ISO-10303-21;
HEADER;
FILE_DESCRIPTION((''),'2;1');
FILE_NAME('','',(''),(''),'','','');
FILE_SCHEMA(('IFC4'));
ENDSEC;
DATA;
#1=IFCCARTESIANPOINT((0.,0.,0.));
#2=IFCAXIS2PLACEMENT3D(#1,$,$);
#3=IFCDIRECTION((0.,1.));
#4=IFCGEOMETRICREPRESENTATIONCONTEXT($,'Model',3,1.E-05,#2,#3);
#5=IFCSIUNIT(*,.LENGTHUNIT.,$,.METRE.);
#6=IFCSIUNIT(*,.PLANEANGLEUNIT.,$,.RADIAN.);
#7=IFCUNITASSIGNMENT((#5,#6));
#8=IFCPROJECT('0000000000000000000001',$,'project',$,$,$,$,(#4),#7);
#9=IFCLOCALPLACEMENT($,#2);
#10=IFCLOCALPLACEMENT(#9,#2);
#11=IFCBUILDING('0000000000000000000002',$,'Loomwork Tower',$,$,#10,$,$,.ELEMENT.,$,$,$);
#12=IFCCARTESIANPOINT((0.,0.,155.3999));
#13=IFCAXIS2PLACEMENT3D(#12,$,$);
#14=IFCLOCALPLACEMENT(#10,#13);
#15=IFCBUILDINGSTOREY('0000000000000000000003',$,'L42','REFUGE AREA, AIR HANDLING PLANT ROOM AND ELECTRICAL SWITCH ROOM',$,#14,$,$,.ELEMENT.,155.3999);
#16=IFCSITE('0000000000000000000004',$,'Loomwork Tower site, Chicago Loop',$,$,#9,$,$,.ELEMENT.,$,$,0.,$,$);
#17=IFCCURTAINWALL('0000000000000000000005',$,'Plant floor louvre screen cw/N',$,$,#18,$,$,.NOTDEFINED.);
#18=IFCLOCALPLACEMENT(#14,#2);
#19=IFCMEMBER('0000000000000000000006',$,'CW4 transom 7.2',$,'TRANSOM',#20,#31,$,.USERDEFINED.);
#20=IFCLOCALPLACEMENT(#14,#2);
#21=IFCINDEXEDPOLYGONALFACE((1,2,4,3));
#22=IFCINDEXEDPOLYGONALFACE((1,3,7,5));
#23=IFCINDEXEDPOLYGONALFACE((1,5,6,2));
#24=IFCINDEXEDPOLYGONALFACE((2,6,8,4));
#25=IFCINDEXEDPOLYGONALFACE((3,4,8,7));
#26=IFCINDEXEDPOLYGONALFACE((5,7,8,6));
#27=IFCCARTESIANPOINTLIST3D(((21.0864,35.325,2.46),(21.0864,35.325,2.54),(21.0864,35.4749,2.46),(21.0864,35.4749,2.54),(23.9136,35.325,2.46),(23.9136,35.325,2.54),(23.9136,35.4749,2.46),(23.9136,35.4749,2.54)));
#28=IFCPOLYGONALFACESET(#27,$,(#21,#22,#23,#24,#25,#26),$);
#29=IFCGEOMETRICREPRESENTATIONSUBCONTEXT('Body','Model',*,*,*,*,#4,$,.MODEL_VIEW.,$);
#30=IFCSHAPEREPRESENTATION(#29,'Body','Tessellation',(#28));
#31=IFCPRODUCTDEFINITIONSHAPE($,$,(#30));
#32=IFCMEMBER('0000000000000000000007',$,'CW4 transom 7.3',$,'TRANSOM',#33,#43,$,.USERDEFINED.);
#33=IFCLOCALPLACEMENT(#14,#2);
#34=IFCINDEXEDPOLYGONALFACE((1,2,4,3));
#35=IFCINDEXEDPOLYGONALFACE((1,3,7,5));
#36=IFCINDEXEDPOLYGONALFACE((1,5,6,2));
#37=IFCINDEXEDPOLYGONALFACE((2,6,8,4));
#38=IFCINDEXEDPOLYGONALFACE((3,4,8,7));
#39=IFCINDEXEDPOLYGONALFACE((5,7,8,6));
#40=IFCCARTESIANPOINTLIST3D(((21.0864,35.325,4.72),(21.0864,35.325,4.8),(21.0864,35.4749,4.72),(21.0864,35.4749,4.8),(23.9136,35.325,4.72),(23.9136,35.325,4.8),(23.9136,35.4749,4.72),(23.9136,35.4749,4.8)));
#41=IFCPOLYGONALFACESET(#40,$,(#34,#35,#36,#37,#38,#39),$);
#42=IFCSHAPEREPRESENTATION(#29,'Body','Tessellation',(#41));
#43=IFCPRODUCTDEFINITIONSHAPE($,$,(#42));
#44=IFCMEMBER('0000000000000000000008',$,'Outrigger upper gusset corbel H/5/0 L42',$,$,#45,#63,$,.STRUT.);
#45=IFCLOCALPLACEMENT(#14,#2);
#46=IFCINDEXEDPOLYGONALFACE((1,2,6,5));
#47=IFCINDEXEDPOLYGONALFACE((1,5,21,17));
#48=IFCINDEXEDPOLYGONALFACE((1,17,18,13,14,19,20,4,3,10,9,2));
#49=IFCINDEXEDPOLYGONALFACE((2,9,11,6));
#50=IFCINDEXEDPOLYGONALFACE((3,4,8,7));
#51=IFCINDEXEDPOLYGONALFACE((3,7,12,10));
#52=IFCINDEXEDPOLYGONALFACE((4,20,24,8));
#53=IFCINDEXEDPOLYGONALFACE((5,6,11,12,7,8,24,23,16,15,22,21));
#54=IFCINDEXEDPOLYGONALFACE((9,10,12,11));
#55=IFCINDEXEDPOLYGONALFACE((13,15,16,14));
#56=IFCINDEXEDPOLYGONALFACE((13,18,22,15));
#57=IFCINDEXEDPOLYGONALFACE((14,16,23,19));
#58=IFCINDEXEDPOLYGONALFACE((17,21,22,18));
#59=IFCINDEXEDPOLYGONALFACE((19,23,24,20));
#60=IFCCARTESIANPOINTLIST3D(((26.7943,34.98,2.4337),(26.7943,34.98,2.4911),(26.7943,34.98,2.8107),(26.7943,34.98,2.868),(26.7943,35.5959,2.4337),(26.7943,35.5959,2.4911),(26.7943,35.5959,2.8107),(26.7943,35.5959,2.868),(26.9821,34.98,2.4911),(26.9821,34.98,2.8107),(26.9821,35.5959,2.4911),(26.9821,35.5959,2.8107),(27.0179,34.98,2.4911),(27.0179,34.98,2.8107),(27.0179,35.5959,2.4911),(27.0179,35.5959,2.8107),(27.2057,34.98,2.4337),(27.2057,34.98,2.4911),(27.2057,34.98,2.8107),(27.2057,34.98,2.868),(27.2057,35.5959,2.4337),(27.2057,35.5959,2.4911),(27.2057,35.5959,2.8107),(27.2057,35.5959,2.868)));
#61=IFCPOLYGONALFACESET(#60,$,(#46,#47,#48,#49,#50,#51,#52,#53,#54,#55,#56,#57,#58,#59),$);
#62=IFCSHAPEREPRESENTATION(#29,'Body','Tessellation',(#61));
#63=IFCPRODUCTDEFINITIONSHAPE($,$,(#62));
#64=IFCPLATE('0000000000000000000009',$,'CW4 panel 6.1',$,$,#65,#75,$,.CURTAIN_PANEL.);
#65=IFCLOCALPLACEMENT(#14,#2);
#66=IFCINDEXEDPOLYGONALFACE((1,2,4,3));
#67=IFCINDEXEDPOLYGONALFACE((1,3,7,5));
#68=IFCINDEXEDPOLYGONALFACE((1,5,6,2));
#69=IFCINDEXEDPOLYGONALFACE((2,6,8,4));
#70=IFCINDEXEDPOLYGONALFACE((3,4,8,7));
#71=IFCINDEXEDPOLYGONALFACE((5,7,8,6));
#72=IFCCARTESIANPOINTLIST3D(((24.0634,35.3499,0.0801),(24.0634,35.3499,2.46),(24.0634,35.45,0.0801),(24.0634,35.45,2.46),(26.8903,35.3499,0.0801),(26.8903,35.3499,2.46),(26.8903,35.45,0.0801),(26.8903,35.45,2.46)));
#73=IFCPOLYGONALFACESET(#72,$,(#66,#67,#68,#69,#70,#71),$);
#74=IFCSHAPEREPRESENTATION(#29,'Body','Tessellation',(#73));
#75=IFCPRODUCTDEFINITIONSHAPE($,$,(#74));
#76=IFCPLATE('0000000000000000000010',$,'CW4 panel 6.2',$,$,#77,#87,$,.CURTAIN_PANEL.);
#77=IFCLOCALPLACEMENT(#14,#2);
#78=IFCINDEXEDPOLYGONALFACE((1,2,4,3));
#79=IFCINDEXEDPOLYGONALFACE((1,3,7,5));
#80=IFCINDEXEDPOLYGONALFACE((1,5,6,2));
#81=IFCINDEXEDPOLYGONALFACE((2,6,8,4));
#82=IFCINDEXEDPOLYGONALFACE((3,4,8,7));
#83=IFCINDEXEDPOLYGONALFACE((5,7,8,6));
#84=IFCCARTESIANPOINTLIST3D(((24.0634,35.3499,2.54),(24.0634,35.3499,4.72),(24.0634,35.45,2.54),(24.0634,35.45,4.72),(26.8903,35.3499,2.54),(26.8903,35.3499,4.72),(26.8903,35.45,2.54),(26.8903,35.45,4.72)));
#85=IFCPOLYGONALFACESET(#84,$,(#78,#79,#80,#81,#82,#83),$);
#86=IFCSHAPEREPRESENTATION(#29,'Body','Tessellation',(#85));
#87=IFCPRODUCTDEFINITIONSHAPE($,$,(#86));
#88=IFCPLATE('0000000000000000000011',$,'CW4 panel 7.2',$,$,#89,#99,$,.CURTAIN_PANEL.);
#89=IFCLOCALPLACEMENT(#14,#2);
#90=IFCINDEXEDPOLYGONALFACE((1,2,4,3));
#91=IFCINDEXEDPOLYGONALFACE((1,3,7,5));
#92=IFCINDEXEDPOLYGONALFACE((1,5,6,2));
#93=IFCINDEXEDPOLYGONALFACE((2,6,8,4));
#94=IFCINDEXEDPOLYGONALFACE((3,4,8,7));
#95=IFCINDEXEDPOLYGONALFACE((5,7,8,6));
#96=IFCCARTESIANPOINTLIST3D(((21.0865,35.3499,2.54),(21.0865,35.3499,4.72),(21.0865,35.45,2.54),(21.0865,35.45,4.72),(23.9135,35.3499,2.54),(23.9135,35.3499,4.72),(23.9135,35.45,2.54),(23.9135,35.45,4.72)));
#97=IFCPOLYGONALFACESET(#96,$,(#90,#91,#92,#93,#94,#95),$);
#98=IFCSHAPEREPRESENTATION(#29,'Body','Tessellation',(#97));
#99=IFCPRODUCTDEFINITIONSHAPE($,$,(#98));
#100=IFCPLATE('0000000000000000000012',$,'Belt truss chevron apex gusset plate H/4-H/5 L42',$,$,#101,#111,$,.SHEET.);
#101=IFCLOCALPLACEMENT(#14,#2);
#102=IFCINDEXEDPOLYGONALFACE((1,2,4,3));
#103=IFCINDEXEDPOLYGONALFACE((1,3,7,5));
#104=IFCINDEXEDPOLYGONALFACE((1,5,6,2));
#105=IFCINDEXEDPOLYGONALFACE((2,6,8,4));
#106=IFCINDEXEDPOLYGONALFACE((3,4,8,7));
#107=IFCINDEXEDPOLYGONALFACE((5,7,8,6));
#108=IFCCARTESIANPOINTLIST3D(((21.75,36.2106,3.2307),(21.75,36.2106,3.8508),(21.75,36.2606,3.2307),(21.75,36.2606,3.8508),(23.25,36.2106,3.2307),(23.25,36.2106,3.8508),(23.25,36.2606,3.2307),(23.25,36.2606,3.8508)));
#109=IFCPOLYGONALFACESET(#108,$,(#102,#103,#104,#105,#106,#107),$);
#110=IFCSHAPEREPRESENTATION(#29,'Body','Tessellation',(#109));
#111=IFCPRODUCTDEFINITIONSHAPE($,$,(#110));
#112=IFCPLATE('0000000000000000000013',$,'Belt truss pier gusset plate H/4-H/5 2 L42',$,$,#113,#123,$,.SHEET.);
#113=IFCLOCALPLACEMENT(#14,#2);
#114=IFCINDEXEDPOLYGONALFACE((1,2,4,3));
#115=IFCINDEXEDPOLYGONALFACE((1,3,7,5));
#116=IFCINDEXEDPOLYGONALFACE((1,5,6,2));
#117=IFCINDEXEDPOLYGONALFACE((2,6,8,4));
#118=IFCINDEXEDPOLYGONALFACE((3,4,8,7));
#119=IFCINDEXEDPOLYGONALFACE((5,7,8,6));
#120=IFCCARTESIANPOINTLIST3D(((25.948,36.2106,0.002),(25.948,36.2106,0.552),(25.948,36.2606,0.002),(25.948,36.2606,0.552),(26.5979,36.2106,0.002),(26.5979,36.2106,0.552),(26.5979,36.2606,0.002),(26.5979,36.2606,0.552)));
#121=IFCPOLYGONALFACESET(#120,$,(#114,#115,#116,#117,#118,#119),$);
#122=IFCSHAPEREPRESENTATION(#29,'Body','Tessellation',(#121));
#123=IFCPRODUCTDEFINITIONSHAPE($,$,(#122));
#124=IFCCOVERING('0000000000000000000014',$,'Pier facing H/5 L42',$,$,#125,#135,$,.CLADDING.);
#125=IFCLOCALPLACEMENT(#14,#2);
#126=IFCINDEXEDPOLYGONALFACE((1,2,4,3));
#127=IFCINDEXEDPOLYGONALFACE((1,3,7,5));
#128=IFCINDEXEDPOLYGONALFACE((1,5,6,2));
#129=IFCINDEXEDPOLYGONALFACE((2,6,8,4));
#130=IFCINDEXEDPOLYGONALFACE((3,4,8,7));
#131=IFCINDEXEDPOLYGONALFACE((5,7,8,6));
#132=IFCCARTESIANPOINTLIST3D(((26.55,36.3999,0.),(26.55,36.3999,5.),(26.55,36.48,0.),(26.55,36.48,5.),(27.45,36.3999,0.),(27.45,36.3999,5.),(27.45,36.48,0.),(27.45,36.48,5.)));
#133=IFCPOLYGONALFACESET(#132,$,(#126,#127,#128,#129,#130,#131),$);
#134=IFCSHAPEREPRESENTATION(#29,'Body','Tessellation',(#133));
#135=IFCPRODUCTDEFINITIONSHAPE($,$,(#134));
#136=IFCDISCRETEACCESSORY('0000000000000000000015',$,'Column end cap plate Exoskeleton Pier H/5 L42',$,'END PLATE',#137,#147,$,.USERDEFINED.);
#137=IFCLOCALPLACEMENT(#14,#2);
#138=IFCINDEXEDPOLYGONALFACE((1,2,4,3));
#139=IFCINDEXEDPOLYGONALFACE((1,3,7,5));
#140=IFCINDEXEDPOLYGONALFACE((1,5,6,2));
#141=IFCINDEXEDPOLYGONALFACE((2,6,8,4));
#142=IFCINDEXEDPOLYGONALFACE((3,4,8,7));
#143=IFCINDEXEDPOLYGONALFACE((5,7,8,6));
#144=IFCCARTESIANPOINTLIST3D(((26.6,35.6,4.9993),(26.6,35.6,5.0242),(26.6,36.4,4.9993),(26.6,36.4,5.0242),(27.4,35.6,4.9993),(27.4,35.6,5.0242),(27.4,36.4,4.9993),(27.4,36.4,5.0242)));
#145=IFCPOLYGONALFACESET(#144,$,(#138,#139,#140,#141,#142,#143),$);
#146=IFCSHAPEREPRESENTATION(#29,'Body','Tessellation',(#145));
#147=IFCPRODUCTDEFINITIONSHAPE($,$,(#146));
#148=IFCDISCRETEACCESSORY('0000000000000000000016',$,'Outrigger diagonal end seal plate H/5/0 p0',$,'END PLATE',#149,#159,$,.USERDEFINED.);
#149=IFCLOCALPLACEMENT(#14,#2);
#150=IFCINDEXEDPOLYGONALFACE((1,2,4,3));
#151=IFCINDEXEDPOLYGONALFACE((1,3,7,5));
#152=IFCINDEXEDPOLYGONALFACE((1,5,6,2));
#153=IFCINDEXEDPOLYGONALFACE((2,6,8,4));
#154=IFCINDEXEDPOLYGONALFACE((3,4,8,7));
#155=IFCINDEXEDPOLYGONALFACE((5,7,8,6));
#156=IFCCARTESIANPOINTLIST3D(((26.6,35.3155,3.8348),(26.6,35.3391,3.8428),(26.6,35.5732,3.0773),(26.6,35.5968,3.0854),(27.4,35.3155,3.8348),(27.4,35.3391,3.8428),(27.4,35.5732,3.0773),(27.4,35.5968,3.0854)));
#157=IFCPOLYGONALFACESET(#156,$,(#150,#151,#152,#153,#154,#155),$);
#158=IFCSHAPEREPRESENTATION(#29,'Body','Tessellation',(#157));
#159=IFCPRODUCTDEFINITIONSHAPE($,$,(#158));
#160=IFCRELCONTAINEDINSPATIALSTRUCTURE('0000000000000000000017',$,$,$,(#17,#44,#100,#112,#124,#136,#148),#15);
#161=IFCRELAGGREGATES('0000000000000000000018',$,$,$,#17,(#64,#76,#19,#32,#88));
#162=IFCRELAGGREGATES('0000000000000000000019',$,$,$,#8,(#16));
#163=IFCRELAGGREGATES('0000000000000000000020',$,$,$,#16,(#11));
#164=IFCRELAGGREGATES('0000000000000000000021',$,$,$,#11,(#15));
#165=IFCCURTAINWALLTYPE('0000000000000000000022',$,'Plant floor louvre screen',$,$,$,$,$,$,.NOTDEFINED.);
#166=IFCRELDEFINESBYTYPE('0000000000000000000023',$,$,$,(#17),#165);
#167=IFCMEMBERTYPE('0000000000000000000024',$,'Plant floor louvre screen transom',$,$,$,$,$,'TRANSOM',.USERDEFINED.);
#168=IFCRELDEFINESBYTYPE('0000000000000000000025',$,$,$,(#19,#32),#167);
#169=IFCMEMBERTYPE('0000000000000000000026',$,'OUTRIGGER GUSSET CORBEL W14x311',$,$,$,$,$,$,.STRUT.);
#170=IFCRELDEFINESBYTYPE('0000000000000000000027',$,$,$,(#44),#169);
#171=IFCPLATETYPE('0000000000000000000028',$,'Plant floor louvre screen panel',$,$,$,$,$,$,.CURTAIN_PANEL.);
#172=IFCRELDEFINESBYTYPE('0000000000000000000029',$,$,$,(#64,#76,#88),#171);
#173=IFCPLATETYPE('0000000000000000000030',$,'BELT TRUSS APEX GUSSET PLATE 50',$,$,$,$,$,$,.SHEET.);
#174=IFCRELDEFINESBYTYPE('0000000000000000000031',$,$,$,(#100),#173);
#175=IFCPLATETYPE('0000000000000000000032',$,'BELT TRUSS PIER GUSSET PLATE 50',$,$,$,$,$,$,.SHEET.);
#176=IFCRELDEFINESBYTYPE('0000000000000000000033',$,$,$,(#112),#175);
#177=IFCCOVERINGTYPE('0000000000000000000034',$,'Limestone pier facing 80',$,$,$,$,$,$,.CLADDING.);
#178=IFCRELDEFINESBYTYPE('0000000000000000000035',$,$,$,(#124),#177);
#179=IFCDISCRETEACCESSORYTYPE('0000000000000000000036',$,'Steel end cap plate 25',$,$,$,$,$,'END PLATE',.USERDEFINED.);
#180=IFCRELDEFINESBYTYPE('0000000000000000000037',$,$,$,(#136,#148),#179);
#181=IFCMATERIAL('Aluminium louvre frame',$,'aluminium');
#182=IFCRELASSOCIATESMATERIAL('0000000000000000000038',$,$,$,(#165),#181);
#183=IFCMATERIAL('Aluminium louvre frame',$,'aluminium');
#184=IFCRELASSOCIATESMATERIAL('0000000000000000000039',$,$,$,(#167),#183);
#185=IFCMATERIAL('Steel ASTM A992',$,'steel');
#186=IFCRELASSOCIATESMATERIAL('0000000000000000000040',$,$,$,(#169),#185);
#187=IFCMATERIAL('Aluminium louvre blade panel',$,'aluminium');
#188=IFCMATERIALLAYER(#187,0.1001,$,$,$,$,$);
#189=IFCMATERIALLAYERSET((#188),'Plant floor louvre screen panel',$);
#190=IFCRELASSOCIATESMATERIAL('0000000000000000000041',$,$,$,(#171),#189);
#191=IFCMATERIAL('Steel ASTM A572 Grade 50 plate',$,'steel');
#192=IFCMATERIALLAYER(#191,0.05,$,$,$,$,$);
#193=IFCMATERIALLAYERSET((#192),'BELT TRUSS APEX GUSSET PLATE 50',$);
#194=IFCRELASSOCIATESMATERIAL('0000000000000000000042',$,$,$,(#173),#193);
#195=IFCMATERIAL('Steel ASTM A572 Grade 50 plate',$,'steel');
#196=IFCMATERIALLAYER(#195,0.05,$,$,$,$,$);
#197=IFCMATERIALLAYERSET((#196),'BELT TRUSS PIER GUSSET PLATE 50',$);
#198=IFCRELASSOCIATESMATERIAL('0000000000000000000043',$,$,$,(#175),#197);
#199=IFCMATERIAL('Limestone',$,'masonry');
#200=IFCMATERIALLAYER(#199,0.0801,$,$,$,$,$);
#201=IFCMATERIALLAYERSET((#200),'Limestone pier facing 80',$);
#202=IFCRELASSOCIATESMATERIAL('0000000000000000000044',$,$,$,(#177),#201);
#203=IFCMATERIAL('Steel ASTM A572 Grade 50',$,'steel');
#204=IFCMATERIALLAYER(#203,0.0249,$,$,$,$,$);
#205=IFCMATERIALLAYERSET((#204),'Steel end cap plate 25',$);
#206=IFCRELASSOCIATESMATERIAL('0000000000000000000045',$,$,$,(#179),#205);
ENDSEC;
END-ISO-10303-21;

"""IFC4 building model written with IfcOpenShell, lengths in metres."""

from ifc_helpers import new_model, si_unit, direction, frame, origin, origin_2d, place, context, subcontext, project, spatial, rectangle, i_section, extrude, material, layer, layer_set, material_profile, profile_set, type_object, element, aggregate, save


model = new_model("IFC4")

# Units and contexts
model_context = context("Model", 3, precision=1e-05, world=origin(), true_north=direction((0.0, 1.0)))
body_context = subcontext(model_context, "Body", "Model", "MODEL_VIEW")
ifc_project = project(units=[si_unit("LENGTHUNIT", "METRE"), si_unit("PLANEANGLEUNIT", "RADIAN")], contexts=[model_context])

# Site, building, storey
site_placement = place(None, origin())
site = spatial("IfcSite", under=ifc_project, at=site_placement, Name="Loomwork Tower site, Chicago Loop", CompositionType="ELEMENT", RefElevation=0.0)
building_placement = place(site_placement, origin())
building = spatial("IfcBuilding", under=site, at=building_placement, Name="Loomwork Tower", CompositionType="ELEMENT")
storey_placement = place(building_placement, frame((0.0, 0.0, 155.3999)))
storey = spatial("IfcBuildingStorey", under=building, at=storey_placement, Name="L42", Description="REFUGE AREA, AIR HANDLING PLANT ROOM AND ELECTRICAL SWITCH ROOM", CompositionType="ELEMENT", Elevation=155.3999)

# Curtain wall, members
ifc_material_1 = material(Name="Aluminium louvre frame", Category="aluminium")
curtain_wall_type = type_object("IfcCurtainWallType", Name="Plant floor louvre screen", PredefinedType="NOTDEFINED", material=ifc_material_1)
curtain_wall_placement = place(storey_placement, origin())
curtain_wall = element("IfcCurtainWall", 1, at=curtain_wall_placement, inside=storey, type_object=curtain_wall_type, Name="Plant floor louvre screen cw/N", PredefinedType="NOTDEFINED")
ifc_material_2 = material(Name="Aluminium louvre frame", Category="aluminium")
ifc_material_profile_1 = material_profile(ifc_material_2, rectangle(XDim=0.1499, YDim=0.0801, at=origin_2d()), Name="AL 80x150")
ifc_profile_set_1 = profile_set([ifc_material_profile_1], Name="Aluminium louvre frame")
member_type_1 = type_object("IfcMemberType", Name="Plant floor louvre screen transom", ElementType="TRANSOM", PredefinedType="USERDEFINED", material=ifc_profile_set_1)
member_1_placement = place(storey_placement, frame((23.9136, 35.3999, 2.5), z_axis=(-1.0, 0.0, 0.0), x_axis=(0.0, -1.0, 0.0)))
member_1 = element("IfcMember", 2, at=member_1_placement, type_object=member_type_1, Name="CW4 transom 7.2", ObjectType="TRANSOM", PredefinedType="USERDEFINED", context=body_context, shape_type="SweptSolid", body=[
    extrude(rectangle(XDim=0.1499, YDim=0.0801, at=origin_2d()), origin(), (0.0, 0.0, 1.0), 2.8271),
])
member_2_placement = place(storey_placement, frame((23.9136, 35.3999, 4.76), z_axis=(-1.0, 0.0, 0.0), x_axis=(0.0, -1.0, 0.0)))
member_2 = element("IfcMember", 3, at=member_2_placement, type_object=member_type_1, Name="CW4 transom 7.3", ObjectType="TRANSOM", PredefinedType="USERDEFINED", context=body_context, shape_type="SweptSolid", body=[
    extrude(rectangle(XDim=0.1499, YDim=0.0801, at=origin_2d()), origin(), (0.0, 0.0, 1.0), 2.8271),
])

# Member
ifc_material_3 = material(Name="Steel ASTM A992", Category="steel")
ifc_material_profile_2 = material_profile(ifc_material_3, i_section(OverallWidth=0.4114, OverallDepth=0.4343, WebThickness=0.0359, FlangeThickness=0.0574, at=origin_2d()), Name="W14x311")
ifc_profile_set_2 = profile_set([ifc_material_profile_2], Name="Steel ASTM A992")
member_type_2 = type_object("IfcMemberType", Name="OUTRIGGER GUSSET CORBEL W14x311", PredefinedType="STRUT", material=ifc_profile_set_2)
member_3_placement = place(storey_placement, frame((27.0, 35.5959, 2.6509), z_axis=(0.0, -1.0, 0.0), x_axis=(1.0, 0.0, 0.0)))
element("IfcMember", 4, at=member_3_placement, inside=storey, type_object=member_type_2, Name="Outrigger upper gusset corbel H/5/0 L42", PredefinedType="STRUT", context=body_context, shape_type="SweptSolid", body=[
    extrude(i_section(OverallWidth=0.4114, OverallDepth=0.4343, WebThickness=0.0359, FlangeThickness=0.0574, at=origin_2d()), origin(), (0.0, 0.0, 1.0), 0.616),
])

# Plates
ifc_material_4 = material(Name="Aluminium louvre blade panel", Category="aluminium")
ifc_layer_1 = layer(ifc_material_4, 0.1001)
ifc_layer_set_1 = layer_set([ifc_layer_1], Name="Plant floor louvre screen panel")
plate_type_1 = type_object("IfcPlateType", Name="Plant floor louvre screen panel", PredefinedType="CURTAIN_PANEL", material=ifc_layer_set_1)
plate_1_placement = place(storey_placement, frame((25.4768, 35.3999, 0.0801), z_axis=(0.0, 0.0, 1.0), x_axis=(-1.0, 0.0, 0.0)))
plate_1 = element("IfcPlate", 5, at=plate_1_placement, type_object=plate_type_1, Name="CW4 panel 6.1", PredefinedType="CURTAIN_PANEL", context=body_context, shape_type="SweptSolid", body=[
    extrude(rectangle(XDim=2.8269, YDim=0.1001, at=origin_2d()), origin(), (0.0, 0.0, 1.0), 2.3799),
])
plate_2_placement = place(storey_placement, frame((25.4768, 35.3999, 2.54), z_axis=(0.0, 0.0, 1.0), x_axis=(-1.0, 0.0, 0.0)))
plate_2 = element("IfcPlate", 6, at=plate_2_placement, type_object=plate_type_1, Name="CW4 panel 6.2", PredefinedType="CURTAIN_PANEL", context=body_context, shape_type="SweptSolid", body=[
    extrude(rectangle(XDim=2.8269, YDim=0.1001, at=origin_2d()), origin(), (0.0, 0.0, 1.0), 2.1799),
])
plate_3_placement = place(storey_placement, frame((22.5, 35.3999, 2.54), z_axis=(0.0, 0.0, 1.0), x_axis=(-1.0, 0.0, 0.0)))
plate_3 = element("IfcPlate", 7, at=plate_3_placement, type_object=plate_type_1, Name="CW4 panel 7.2", PredefinedType="CURTAIN_PANEL", context=body_context, shape_type="SweptSolid", body=[
    extrude(rectangle(XDim=2.8269, YDim=0.1001, at=origin_2d()), origin(), (0.0, 0.0, 1.0), 2.1799),
])
aggregate(curtain_wall, [plate_1, plate_2, member_1, member_2, plate_3])

# Plates
ifc_material_5 = material(Name="Steel ASTM A572 Grade 50 plate", Category="steel")
ifc_layer_2 = layer(ifc_material_5, 0.05)
ifc_layer_set_2 = layer_set([ifc_layer_2], Name="BELT TRUSS APEX GUSSET PLATE 50")
plate_type_2 = type_object("IfcPlateType", Name="BELT TRUSS APEX GUSSET PLATE 50", PredefinedType="SHEET", material=ifc_layer_set_2)
plate_4_placement = place(storey_placement, frame((22.5, 36.2356, 3.2307), z_axis=(0.0, 0.0, 1.0), x_axis=(1.0, 0.0, 0.0)))
element("IfcPlate", 8, at=plate_4_placement, inside=storey, type_object=plate_type_2, Name="Belt truss chevron apex gusset plate H/4-H/5 L42", PredefinedType="SHEET", context=body_context, shape_type="SweptSolid", body=[
    extrude(rectangle(XDim=1.5, YDim=0.05, at=origin_2d()), origin(), (0.0, 0.0, 1.0), 0.6201),
])
ifc_material_6 = material(Name="Steel ASTM A572 Grade 50 plate", Category="steel")
ifc_layer_3 = layer(ifc_material_6, 0.05)
ifc_layer_set_3 = layer_set([ifc_layer_3], Name="BELT TRUSS PIER GUSSET PLATE 50")
plate_type_3 = type_object("IfcPlateType", Name="BELT TRUSS PIER GUSSET PLATE 50", PredefinedType="SHEET", material=ifc_layer_set_3)
plate_5_placement = place(storey_placement, frame((26.2729, 36.2356, 0.002), z_axis=(0.0, 0.0, 1.0), x_axis=(1.0, 0.0, 0.0)))
element("IfcPlate", 9, at=plate_5_placement, inside=storey, type_object=plate_type_3, Name="Belt truss pier gusset plate H/4-H/5 2 L42", PredefinedType="SHEET", context=body_context, shape_type="SweptSolid", body=[
    extrude(rectangle(XDim=0.6499, YDim=0.05, at=origin_2d()), origin(), (0.0, 0.0, 1.0), 0.55),
])

# Covering
ifc_material_7 = material(Name="Limestone", Category="masonry")
ifc_layer_4 = layer(ifc_material_7, 0.0801)
ifc_layer_set_4 = layer_set([ifc_layer_4], Name="Limestone pier facing 80")
covering_type = type_object("IfcCoveringType", Name="Limestone pier facing 80", PredefinedType="CLADDING", material=ifc_layer_set_4)
covering_placement = place(storey_placement, frame((27.0, 36.4399, 0.0), z_axis=(0.0, 0.0, 1.0), x_axis=(1.0, 0.0, 0.0)))
element("IfcCovering", 10, at=covering_placement, inside=storey, type_object=covering_type, Name="Pier facing H/5 L42", PredefinedType="CLADDING", context=body_context, shape_type="SweptSolid", body=[
    extrude(rectangle(XDim=0.8999, YDim=0.0801, at=origin_2d()), origin(), (0.0, 0.0, 1.0), 5.0),
])

# Discrete accessories
ifc_material_8 = material(Name="Steel ASTM A572 Grade 50", Category="steel")
ifc_layer_5 = layer(ifc_material_8, 0.0249)
ifc_layer_set_5 = layer_set([ifc_layer_5], Name="Steel end cap plate 25")
discrete_accessory_type = type_object("IfcDiscreteAccessoryType", Name="Steel end cap plate 25", ElementType="END PLATE", PredefinedType="USERDEFINED", material=ifc_layer_set_5)
for number, where, z_axis, x_axis, name in (
    (11, (27.0, 36.0, 4.9993), (0.0, 0.0, 1.0), (1.0, 0.0, 0.0), "Column end cap plate Exoskeleton Pier H/5 L42"),
    (12, (27.0, 35.4443, 3.4561), (0.0, 0.946713, 0.322078), (-1.0, 0.0, 0.0), "Outrigger diagonal end seal plate H/5/0 p0"),
):
    element("IfcDiscreteAccessory", number, at=place(storey_placement, frame(where, z_axis=z_axis, x_axis=x_axis)), inside=storey, type_object=discrete_accessory_type, Name=name, ObjectType="END PLATE", PredefinedType="USERDEFINED", context=body_context, shape_type="SweptSolid", body=[
        extrude(rectangle(XDim=0.8, YDim=0.8, at=origin_2d()), origin(), (0.0, 0.0, 1.0), 0.0249),
    ])

save(model, "model.ifc")
